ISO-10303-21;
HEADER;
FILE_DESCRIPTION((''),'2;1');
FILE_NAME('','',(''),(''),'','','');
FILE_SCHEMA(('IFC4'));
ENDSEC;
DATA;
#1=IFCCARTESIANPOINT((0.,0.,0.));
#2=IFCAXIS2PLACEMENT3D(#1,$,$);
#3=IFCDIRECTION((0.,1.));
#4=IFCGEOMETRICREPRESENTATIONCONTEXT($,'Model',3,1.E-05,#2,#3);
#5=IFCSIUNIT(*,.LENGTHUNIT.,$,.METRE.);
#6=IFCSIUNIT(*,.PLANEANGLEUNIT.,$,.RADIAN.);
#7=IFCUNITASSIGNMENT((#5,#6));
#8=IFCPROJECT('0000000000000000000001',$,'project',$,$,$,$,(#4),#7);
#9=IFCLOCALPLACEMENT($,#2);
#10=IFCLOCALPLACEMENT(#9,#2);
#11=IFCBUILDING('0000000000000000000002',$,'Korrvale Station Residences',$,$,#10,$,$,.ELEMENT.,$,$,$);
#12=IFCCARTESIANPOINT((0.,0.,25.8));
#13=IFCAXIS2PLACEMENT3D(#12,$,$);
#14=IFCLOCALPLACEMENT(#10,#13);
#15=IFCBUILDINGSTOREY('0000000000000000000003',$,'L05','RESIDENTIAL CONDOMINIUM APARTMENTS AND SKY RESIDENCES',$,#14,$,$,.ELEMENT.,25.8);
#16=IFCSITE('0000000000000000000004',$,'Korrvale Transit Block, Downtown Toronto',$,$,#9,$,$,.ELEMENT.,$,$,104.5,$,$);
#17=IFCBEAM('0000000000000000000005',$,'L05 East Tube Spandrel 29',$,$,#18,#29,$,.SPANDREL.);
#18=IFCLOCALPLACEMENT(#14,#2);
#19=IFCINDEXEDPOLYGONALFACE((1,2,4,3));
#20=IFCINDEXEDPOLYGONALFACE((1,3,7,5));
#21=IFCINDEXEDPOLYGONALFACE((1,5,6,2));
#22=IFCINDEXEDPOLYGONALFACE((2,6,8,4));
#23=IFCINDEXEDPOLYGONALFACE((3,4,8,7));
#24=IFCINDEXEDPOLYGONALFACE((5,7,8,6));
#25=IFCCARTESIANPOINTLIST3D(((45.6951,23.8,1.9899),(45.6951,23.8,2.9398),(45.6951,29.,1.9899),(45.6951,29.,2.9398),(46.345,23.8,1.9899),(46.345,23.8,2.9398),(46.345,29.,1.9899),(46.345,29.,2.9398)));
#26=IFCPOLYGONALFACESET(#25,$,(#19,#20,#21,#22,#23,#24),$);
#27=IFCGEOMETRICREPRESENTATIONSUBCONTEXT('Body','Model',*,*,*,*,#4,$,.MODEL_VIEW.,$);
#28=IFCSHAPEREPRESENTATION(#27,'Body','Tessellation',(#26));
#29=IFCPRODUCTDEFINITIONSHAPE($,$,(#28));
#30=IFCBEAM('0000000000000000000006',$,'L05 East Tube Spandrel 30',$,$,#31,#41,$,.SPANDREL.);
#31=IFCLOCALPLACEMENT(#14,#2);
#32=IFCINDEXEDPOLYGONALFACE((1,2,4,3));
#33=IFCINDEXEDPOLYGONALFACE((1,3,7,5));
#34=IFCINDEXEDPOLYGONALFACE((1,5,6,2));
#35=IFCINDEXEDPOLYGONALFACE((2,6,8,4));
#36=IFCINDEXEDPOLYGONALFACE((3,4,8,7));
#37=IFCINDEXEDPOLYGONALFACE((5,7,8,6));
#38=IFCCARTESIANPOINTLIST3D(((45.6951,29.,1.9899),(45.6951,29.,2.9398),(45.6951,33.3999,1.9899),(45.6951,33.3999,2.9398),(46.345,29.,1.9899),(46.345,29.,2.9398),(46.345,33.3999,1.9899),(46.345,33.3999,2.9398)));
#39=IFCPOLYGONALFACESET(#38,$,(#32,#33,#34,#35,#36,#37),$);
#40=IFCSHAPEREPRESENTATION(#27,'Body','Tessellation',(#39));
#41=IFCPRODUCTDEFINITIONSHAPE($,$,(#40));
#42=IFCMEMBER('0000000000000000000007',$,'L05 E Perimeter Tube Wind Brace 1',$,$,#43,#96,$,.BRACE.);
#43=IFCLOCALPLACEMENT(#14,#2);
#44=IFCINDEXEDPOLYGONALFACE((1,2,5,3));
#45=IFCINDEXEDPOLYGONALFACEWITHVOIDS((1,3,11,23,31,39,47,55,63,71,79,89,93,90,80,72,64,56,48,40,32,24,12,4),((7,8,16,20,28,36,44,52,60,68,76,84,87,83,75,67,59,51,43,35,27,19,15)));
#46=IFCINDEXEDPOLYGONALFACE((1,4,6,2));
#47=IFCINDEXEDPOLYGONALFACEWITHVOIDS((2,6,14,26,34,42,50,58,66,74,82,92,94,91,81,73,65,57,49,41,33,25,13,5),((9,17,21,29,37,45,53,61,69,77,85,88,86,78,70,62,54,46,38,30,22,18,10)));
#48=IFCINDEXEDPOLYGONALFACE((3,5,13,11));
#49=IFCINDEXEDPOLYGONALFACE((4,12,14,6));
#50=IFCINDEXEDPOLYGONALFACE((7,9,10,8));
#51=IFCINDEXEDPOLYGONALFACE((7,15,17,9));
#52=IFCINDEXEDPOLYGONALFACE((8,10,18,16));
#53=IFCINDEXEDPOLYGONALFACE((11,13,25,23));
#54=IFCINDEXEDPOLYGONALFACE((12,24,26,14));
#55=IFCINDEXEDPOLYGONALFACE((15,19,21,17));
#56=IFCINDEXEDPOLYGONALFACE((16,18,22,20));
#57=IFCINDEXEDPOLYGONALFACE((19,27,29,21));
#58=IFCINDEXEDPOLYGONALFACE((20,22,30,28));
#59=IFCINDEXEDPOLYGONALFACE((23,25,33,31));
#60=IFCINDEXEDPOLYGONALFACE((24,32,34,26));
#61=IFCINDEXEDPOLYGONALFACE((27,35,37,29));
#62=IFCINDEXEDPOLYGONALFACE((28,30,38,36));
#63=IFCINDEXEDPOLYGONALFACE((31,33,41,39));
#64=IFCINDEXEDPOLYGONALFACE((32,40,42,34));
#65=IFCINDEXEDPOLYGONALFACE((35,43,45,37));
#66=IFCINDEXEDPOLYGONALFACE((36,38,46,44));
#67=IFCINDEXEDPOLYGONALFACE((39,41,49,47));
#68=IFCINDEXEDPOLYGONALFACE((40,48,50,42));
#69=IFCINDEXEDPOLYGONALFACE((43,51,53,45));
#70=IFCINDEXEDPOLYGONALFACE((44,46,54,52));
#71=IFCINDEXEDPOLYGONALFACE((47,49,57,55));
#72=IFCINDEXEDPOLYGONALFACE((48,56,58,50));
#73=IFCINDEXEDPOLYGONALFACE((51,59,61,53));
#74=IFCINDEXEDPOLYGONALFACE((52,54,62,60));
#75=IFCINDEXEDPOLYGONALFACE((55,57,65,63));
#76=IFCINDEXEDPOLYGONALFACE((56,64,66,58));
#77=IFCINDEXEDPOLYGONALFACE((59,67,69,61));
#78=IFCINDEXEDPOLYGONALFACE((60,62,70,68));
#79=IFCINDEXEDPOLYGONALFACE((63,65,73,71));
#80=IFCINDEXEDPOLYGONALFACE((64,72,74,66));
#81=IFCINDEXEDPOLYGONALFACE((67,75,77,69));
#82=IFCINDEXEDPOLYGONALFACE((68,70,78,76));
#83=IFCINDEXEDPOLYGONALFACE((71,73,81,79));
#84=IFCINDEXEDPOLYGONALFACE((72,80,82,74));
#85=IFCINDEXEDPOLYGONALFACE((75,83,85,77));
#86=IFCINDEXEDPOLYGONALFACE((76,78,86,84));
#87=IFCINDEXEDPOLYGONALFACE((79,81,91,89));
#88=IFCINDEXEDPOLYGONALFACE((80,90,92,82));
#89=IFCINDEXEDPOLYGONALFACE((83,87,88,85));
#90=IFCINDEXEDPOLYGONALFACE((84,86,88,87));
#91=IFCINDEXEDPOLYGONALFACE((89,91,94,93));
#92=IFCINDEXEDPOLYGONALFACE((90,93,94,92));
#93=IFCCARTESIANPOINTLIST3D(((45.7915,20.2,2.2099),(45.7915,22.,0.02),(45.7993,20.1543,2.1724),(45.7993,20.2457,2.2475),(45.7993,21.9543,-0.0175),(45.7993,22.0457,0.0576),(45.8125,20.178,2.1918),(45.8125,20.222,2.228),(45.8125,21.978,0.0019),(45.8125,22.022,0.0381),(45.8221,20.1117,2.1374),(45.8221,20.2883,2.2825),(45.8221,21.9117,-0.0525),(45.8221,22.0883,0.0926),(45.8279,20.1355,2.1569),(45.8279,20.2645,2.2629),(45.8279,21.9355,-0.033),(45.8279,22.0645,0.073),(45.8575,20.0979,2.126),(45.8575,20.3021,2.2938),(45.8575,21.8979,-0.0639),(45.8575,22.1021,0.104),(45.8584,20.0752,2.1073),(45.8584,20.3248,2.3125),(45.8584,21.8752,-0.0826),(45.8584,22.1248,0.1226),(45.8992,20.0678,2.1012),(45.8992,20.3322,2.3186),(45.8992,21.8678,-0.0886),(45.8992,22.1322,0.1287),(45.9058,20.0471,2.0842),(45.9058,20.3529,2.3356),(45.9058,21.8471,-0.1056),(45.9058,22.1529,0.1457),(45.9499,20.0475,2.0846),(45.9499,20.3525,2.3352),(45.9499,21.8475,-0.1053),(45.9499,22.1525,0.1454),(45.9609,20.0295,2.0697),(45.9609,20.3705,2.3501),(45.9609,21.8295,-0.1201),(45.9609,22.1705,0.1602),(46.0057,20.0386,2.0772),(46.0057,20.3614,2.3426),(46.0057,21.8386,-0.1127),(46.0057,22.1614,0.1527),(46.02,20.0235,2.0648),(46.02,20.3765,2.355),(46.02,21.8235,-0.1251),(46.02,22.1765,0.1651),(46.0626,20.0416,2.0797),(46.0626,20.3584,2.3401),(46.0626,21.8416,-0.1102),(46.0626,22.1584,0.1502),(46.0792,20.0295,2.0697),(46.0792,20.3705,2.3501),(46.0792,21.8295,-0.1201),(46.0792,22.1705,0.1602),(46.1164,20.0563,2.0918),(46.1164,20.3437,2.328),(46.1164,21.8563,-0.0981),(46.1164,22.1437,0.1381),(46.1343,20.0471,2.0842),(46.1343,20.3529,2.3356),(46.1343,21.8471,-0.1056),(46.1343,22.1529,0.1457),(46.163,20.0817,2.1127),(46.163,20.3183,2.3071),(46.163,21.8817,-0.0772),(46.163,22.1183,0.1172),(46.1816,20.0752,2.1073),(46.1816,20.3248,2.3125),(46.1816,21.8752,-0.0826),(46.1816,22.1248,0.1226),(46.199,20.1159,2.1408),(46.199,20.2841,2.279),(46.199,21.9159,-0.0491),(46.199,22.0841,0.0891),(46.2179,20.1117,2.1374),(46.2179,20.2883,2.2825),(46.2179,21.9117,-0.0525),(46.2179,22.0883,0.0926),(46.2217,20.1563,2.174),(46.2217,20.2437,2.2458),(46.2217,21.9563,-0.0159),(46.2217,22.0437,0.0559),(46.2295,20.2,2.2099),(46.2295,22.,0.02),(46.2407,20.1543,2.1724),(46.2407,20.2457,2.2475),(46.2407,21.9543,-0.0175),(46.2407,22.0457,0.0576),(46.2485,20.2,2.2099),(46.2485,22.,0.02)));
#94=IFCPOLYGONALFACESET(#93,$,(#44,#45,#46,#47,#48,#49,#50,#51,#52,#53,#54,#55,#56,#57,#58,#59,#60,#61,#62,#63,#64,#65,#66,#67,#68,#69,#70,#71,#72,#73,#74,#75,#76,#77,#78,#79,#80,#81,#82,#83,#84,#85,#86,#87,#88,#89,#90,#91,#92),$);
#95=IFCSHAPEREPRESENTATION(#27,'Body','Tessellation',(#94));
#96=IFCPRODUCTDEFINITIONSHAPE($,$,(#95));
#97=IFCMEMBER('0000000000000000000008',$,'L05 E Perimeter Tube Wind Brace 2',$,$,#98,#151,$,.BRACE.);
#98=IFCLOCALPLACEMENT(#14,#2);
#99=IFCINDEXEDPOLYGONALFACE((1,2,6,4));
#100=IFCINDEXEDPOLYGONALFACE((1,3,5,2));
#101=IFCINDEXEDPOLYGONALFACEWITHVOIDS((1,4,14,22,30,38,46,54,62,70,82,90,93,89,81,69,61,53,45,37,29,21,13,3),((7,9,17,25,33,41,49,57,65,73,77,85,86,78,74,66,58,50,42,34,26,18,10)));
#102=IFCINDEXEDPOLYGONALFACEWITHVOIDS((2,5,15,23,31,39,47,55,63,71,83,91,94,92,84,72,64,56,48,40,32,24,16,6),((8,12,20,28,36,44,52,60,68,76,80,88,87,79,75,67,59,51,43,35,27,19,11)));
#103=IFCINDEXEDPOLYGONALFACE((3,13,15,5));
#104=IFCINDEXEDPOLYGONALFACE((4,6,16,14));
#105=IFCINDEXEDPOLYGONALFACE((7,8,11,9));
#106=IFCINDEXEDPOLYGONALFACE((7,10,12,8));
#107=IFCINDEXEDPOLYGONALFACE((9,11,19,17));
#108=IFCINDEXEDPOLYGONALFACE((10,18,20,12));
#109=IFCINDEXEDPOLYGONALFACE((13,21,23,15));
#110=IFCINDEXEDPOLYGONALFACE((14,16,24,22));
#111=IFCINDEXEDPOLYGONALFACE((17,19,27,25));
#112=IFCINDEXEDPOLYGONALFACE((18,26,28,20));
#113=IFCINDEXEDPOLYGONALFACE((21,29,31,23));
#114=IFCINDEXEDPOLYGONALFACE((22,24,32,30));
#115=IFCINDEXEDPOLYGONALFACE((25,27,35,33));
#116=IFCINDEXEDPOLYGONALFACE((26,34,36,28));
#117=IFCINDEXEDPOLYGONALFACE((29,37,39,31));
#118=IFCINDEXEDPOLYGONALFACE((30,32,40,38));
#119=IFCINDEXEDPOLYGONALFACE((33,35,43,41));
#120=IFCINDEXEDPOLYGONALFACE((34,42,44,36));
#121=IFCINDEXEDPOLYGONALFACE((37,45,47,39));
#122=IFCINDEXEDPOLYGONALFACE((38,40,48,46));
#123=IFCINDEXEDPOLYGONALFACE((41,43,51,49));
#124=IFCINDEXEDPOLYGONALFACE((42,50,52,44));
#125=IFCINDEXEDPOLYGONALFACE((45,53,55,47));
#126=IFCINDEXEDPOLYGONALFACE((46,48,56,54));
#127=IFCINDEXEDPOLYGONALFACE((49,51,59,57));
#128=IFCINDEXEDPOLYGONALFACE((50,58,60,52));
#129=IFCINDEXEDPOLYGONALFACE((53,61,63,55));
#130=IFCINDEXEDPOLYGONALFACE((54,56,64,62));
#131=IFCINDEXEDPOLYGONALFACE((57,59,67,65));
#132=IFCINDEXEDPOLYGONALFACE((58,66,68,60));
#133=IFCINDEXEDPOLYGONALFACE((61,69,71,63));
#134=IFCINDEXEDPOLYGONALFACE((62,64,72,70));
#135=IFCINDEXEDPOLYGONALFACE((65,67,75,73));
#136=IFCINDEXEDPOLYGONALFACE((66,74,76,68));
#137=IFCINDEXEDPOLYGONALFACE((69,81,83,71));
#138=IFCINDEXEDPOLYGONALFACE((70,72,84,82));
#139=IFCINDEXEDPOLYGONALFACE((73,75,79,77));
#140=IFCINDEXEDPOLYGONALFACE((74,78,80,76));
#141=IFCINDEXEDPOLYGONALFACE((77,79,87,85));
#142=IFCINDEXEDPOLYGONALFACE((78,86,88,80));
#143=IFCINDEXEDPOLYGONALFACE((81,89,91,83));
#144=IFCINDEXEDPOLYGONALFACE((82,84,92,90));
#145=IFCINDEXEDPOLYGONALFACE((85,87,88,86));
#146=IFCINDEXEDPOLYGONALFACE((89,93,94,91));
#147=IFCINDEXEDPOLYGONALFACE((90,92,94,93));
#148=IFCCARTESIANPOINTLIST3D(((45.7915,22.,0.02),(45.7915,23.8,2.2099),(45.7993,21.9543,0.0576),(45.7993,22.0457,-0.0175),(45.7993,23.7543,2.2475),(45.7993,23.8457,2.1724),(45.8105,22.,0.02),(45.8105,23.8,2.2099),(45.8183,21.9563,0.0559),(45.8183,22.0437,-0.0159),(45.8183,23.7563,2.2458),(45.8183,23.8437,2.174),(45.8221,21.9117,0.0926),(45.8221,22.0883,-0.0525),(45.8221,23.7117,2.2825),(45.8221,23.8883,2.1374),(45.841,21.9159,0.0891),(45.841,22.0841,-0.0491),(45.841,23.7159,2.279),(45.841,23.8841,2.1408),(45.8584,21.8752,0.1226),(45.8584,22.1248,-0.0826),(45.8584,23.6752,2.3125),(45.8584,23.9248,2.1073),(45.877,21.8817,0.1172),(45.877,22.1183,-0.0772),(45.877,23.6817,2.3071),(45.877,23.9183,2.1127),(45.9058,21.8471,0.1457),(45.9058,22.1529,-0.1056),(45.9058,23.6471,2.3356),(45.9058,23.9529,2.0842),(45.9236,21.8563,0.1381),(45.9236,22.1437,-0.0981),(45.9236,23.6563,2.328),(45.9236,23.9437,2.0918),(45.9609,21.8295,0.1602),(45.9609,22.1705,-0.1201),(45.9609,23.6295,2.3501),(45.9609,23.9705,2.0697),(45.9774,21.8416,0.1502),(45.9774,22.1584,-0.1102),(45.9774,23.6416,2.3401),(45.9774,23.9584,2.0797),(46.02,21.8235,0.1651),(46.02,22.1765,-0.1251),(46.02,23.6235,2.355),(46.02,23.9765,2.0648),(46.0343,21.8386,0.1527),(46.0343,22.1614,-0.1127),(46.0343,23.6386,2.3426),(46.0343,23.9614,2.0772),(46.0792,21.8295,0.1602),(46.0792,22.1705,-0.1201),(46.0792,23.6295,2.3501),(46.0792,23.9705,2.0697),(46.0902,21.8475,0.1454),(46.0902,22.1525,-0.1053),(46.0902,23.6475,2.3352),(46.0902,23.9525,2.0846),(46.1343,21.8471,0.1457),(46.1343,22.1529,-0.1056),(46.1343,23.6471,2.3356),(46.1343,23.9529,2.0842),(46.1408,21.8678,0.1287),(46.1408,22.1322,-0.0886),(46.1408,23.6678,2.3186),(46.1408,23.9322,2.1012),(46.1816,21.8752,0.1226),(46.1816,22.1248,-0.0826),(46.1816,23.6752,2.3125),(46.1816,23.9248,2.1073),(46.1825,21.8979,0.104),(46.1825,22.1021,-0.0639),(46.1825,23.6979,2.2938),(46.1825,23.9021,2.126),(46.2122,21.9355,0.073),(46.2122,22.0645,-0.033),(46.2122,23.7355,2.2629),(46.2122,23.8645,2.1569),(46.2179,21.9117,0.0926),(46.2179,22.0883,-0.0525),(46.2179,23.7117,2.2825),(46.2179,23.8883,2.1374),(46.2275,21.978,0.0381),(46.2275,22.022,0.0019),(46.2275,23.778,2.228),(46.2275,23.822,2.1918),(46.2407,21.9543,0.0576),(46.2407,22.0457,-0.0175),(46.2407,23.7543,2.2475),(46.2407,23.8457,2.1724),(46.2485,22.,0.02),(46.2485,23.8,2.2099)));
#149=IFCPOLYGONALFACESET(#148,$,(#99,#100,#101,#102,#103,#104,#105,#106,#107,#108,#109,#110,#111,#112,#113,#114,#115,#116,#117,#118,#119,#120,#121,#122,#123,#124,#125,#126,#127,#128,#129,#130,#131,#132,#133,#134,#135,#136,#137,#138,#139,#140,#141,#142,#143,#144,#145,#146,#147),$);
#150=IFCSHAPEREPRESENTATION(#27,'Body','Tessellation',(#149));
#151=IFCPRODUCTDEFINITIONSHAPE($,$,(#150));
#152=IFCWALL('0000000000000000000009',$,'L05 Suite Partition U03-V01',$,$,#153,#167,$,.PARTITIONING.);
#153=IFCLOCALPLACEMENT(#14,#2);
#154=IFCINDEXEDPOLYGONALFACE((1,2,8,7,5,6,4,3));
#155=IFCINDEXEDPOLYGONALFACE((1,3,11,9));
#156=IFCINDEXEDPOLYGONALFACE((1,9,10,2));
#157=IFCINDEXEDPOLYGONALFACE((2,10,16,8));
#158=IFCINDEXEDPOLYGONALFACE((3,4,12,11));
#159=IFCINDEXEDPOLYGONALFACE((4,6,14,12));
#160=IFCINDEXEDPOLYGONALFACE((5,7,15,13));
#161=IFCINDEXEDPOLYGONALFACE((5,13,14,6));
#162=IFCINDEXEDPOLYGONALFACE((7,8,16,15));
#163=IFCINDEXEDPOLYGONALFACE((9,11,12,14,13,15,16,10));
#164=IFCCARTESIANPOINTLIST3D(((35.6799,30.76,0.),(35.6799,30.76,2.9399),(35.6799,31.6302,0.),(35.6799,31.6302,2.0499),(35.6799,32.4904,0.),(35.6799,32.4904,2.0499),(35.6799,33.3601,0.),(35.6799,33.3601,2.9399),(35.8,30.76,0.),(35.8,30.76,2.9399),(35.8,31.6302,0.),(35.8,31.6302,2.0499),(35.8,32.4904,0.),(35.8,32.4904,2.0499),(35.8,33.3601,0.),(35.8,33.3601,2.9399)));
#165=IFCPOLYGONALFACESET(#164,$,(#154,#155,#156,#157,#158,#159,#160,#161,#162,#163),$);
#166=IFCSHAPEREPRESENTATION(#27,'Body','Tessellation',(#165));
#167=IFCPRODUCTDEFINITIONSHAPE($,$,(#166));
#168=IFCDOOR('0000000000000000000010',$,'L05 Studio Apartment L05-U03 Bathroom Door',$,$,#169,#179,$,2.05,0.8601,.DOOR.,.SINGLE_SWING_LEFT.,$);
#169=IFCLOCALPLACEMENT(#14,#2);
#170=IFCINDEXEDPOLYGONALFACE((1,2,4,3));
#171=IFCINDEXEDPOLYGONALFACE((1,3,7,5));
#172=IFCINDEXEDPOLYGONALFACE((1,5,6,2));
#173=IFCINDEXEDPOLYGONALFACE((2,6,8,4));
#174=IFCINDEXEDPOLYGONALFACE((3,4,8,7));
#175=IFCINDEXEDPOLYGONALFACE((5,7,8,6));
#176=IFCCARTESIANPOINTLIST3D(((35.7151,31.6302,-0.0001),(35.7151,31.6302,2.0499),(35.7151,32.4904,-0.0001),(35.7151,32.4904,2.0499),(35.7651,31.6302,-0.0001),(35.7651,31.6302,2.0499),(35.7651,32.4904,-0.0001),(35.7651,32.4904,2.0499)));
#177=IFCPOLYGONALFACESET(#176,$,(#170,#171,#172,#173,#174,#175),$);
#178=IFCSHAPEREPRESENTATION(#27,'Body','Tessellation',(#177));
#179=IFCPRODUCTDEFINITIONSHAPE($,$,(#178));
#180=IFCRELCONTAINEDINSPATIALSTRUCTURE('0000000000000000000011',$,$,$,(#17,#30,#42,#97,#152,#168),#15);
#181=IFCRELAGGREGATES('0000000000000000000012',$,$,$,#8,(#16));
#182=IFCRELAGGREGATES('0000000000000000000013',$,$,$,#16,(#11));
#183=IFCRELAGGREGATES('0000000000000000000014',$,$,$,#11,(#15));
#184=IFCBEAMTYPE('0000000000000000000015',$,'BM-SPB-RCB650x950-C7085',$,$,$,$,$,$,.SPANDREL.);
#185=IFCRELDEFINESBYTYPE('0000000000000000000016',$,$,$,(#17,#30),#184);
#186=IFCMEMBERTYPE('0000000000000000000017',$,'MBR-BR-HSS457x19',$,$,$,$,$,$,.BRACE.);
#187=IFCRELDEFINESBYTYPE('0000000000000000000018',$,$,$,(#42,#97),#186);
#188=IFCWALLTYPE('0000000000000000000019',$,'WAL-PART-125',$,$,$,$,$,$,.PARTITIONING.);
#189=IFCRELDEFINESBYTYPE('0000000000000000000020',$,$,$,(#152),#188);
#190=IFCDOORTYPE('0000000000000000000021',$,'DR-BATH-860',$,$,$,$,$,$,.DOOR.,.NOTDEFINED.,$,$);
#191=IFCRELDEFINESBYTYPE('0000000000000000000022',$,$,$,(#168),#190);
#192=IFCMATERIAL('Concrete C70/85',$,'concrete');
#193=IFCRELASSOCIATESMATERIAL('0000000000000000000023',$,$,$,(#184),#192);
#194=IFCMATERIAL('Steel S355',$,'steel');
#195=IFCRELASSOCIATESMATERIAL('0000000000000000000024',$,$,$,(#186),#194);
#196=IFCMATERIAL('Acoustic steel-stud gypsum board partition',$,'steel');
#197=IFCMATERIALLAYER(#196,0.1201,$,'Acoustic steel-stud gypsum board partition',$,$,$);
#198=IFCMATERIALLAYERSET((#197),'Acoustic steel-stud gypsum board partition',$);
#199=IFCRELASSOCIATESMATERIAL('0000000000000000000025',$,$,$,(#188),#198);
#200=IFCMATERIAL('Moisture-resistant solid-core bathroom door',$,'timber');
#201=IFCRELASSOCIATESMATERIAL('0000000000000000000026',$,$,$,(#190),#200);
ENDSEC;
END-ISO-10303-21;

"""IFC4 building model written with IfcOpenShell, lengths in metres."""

from ifc_helpers import new_model, si_unit, direction, frame, frame_2d, origin, origin_2d, place, context, subcontext, project, spatial, rectangle, hollow_circle, extrude, material, layer, layer_set, material_profile, profile_set, type_object, element, fill, save


model = new_model("IFC4")

# Units and contexts
model_context = context("Model", 3, precision=1e-05, world=origin(), true_north=direction((0.0, 1.0)))
body_context = subcontext(model_context, "Body", "Model", "MODEL_VIEW")
ifc_project = project(units=[si_unit("LENGTHUNIT", "METRE"), si_unit("PLANEANGLEUNIT", "RADIAN")], contexts=[model_context])

# Site, building, storey
site_placement = place(None, origin())
site = spatial("IfcSite", under=ifc_project, at=site_placement, Name="Korrvale Transit Block, Downtown Toronto", CompositionType="ELEMENT", RefElevation=104.5)
building_placement = place(site_placement, origin())
building = spatial("IfcBuilding", under=site, at=building_placement, Name="Korrvale Station Residences", CompositionType="ELEMENT")
storey_placement = place(building_placement, frame((0.0, 0.0, 25.8)))
storey = spatial("IfcBuildingStorey", under=building, at=storey_placement, Name="L05", Description="RESIDENTIAL CONDOMINIUM APARTMENTS AND SKY RESIDENCES", CompositionType="ELEMENT", Elevation=25.8)

# Shared definitions
ifc_material_1 = material(Name="Concrete C70/85", Category="concrete")

# Beams
ifc_material_2 = material(Name="Steel S355", Category="steel")
ifc_material_profile_1 = material_profile(ifc_material_1, rectangle(XDim=0.6499, YDim=0.95, at=origin_2d()), Name="RCB650x950")
ifc_profile_set_1 = profile_set([ifc_material_profile_1], Name="Concrete C70/85")
beam_type_1 = type_object("IfcBeamType", Name="BM-SPB-RCB650x950-C7085", PredefinedType="SPANDREL", material=ifc_profile_set_1)
beam_1_placement = place(storey_placement, frame((46.02, 23.8, 2.4648), z_axis=(0.0, 1.0, 0.0), x_axis=(-1.0, 0.0, 0.0)))
element("IfcBeam", 1, at=beam_1_placement, inside=storey, type_object=beam_type_1, Name="L05 East Tube Spandrel 29", PredefinedType="SPANDREL", context=body_context, shape_type="SweptSolid", body=[
    extrude(rectangle(XDim=0.6499, YDim=0.95, at=origin_2d()), origin(), (0.0, 0.0, 1.0), 5.2),
])
beam_2_placement = place(storey_placement, frame((46.02, 29.0, 2.4648), z_axis=(0.0, 1.0, 0.0), x_axis=(-1.0, 0.0, 0.0)))
element("IfcBeam", 2, at=beam_2_placement, inside=storey, type_object=beam_type_1, Name="L05 East Tube Spandrel 30", PredefinedType="SPANDREL", context=body_context, shape_type="SweptSolid", body=[
    extrude(rectangle(XDim=0.6499, YDim=0.95, at=origin_2d()), origin(), (0.0, 0.0, 1.0), 4.3999),
])

# Members
ifc_material_profile_2 = material_profile(ifc_material_2, hollow_circle(Radius=0.2285, WallThickness=0.019, at=origin_2d()), Name="HSS457x19")
ifc_profile_set_2 = profile_set([ifc_material_profile_2], Name="Steel S355")
member_type = type_object("IfcMemberType", Name="MBR-BR-HSS457x19", PredefinedType="BRACE", material=ifc_profile_set_2)
for number, where, z_axis, x_axis, name in (
    (3, (46.02, 22.0, 0.02), (0.0, -0.634985, 0.772524), (1.0, 0.0, 0.0), "L05 E Perimeter Tube Wind Brace 1"),
    (4, (46.02, 22.0, 0.02), (0.0, 0.634985, 0.772524), (-1.0, 0.0, 0.0), "L05 E Perimeter Tube Wind Brace 2"),
):
    element("IfcMember", number, at=place(storey_placement, frame(where, z_axis=z_axis, x_axis=x_axis)), inside=storey, type_object=member_type, Name=name, PredefinedType="BRACE", context=body_context, shape_type="SweptSolid", body=[
        extrude(hollow_circle(Radius=0.2285, WallThickness=0.019, at=origin_2d()), origin(), (0.0, 0.0, 1.0), 2.8347),
    ])

# Wall, opening, door
ifc_material_3 = material(Name="Acoustic steel-stud gypsum board partition", Category="steel")
ifc_layer_1 = layer(ifc_material_3, 0.1201, Name="Acoustic steel-stud gypsum board partition")
ifc_layer_set_1 = layer_set([ifc_layer_1], Name="Acoustic steel-stud gypsum board partition")
wall_type_1 = type_object("IfcWallType", Name="WAL-PART-125", PredefinedType="PARTITIONING", material=ifc_layer_set_1)
wall_1_placement = place(storey_placement, frame((35.74, 30.76, 0.0), z_axis=(0.0, 0.0, 1.0), x_axis=(0.0, 1.0, 0.0)))
wall_1 = element("IfcWall", 5, at=wall_1_placement, inside=storey, type_object=wall_type_1, Name="L05 Suite Partition U03-V01", PredefinedType="PARTITIONING", context=body_context, shape_type="SweptSolid", body=[
    extrude(rectangle(XDim=2.6001, YDim=0.1201, at=frame_2d((1.3, 0.0))), origin(), (0.0, 0.0, 1.0), 2.9399),
])
opening_1_placement = place(wall_1_placement, frame((0.8701, 0.0, 0.0)))
opening_1 = element("IfcOpeningElement", 6, at=opening_1_placement, cuts=wall_1, PredefinedType="OPENING", context=body_context, shape_type="SweptSolid", body=[
    extrude(rectangle(XDim=0.8601, YDim=2.05, at=frame_2d((0.4302, 1.0249))), frame((0.0, 0.0701, 0.0), z_axis=(0.0, -1.0, 0.0), x_axis=(1.0, 0.0, 0.0)), (0.0, 0.0, 1.0), 0.1401),
])
ifc_material_4 = material(Name="Moisture-resistant solid-core bathroom door", Category="timber")
door_type_1 = type_object("IfcDoorType", Name="DR-BATH-860", OperationType="NOTDEFINED", PredefinedType="DOOR", material=ifc_material_4)
door_1_placement = place(opening_1_placement, origin())
door_1 = element("IfcDoor", 7, at=door_1_placement, inside=storey, type_object=door_type_1, Name="L05 Studio Apartment L05-U03 Bathroom Door", OperationType="SINGLE_SWING_LEFT", OverallHeight=2.05, OverallWidth=0.8601, PredefinedType="DOOR", context=body_context, shape_type="SweptSolid", body=[
    extrude(rectangle(XDim=0.8601, YDim=2.05, at=frame_2d((0.4302, 1.0249))), frame((0.0, 0.0249, 0.0), z_axis=(0.0, -1.0, 0.0), x_axis=(1.0, 0.0, 0.0)), (0.0, 0.0, 1.0), 0.05),
])
fill(opening_1, door_1)

save(model, "model.ifc")
